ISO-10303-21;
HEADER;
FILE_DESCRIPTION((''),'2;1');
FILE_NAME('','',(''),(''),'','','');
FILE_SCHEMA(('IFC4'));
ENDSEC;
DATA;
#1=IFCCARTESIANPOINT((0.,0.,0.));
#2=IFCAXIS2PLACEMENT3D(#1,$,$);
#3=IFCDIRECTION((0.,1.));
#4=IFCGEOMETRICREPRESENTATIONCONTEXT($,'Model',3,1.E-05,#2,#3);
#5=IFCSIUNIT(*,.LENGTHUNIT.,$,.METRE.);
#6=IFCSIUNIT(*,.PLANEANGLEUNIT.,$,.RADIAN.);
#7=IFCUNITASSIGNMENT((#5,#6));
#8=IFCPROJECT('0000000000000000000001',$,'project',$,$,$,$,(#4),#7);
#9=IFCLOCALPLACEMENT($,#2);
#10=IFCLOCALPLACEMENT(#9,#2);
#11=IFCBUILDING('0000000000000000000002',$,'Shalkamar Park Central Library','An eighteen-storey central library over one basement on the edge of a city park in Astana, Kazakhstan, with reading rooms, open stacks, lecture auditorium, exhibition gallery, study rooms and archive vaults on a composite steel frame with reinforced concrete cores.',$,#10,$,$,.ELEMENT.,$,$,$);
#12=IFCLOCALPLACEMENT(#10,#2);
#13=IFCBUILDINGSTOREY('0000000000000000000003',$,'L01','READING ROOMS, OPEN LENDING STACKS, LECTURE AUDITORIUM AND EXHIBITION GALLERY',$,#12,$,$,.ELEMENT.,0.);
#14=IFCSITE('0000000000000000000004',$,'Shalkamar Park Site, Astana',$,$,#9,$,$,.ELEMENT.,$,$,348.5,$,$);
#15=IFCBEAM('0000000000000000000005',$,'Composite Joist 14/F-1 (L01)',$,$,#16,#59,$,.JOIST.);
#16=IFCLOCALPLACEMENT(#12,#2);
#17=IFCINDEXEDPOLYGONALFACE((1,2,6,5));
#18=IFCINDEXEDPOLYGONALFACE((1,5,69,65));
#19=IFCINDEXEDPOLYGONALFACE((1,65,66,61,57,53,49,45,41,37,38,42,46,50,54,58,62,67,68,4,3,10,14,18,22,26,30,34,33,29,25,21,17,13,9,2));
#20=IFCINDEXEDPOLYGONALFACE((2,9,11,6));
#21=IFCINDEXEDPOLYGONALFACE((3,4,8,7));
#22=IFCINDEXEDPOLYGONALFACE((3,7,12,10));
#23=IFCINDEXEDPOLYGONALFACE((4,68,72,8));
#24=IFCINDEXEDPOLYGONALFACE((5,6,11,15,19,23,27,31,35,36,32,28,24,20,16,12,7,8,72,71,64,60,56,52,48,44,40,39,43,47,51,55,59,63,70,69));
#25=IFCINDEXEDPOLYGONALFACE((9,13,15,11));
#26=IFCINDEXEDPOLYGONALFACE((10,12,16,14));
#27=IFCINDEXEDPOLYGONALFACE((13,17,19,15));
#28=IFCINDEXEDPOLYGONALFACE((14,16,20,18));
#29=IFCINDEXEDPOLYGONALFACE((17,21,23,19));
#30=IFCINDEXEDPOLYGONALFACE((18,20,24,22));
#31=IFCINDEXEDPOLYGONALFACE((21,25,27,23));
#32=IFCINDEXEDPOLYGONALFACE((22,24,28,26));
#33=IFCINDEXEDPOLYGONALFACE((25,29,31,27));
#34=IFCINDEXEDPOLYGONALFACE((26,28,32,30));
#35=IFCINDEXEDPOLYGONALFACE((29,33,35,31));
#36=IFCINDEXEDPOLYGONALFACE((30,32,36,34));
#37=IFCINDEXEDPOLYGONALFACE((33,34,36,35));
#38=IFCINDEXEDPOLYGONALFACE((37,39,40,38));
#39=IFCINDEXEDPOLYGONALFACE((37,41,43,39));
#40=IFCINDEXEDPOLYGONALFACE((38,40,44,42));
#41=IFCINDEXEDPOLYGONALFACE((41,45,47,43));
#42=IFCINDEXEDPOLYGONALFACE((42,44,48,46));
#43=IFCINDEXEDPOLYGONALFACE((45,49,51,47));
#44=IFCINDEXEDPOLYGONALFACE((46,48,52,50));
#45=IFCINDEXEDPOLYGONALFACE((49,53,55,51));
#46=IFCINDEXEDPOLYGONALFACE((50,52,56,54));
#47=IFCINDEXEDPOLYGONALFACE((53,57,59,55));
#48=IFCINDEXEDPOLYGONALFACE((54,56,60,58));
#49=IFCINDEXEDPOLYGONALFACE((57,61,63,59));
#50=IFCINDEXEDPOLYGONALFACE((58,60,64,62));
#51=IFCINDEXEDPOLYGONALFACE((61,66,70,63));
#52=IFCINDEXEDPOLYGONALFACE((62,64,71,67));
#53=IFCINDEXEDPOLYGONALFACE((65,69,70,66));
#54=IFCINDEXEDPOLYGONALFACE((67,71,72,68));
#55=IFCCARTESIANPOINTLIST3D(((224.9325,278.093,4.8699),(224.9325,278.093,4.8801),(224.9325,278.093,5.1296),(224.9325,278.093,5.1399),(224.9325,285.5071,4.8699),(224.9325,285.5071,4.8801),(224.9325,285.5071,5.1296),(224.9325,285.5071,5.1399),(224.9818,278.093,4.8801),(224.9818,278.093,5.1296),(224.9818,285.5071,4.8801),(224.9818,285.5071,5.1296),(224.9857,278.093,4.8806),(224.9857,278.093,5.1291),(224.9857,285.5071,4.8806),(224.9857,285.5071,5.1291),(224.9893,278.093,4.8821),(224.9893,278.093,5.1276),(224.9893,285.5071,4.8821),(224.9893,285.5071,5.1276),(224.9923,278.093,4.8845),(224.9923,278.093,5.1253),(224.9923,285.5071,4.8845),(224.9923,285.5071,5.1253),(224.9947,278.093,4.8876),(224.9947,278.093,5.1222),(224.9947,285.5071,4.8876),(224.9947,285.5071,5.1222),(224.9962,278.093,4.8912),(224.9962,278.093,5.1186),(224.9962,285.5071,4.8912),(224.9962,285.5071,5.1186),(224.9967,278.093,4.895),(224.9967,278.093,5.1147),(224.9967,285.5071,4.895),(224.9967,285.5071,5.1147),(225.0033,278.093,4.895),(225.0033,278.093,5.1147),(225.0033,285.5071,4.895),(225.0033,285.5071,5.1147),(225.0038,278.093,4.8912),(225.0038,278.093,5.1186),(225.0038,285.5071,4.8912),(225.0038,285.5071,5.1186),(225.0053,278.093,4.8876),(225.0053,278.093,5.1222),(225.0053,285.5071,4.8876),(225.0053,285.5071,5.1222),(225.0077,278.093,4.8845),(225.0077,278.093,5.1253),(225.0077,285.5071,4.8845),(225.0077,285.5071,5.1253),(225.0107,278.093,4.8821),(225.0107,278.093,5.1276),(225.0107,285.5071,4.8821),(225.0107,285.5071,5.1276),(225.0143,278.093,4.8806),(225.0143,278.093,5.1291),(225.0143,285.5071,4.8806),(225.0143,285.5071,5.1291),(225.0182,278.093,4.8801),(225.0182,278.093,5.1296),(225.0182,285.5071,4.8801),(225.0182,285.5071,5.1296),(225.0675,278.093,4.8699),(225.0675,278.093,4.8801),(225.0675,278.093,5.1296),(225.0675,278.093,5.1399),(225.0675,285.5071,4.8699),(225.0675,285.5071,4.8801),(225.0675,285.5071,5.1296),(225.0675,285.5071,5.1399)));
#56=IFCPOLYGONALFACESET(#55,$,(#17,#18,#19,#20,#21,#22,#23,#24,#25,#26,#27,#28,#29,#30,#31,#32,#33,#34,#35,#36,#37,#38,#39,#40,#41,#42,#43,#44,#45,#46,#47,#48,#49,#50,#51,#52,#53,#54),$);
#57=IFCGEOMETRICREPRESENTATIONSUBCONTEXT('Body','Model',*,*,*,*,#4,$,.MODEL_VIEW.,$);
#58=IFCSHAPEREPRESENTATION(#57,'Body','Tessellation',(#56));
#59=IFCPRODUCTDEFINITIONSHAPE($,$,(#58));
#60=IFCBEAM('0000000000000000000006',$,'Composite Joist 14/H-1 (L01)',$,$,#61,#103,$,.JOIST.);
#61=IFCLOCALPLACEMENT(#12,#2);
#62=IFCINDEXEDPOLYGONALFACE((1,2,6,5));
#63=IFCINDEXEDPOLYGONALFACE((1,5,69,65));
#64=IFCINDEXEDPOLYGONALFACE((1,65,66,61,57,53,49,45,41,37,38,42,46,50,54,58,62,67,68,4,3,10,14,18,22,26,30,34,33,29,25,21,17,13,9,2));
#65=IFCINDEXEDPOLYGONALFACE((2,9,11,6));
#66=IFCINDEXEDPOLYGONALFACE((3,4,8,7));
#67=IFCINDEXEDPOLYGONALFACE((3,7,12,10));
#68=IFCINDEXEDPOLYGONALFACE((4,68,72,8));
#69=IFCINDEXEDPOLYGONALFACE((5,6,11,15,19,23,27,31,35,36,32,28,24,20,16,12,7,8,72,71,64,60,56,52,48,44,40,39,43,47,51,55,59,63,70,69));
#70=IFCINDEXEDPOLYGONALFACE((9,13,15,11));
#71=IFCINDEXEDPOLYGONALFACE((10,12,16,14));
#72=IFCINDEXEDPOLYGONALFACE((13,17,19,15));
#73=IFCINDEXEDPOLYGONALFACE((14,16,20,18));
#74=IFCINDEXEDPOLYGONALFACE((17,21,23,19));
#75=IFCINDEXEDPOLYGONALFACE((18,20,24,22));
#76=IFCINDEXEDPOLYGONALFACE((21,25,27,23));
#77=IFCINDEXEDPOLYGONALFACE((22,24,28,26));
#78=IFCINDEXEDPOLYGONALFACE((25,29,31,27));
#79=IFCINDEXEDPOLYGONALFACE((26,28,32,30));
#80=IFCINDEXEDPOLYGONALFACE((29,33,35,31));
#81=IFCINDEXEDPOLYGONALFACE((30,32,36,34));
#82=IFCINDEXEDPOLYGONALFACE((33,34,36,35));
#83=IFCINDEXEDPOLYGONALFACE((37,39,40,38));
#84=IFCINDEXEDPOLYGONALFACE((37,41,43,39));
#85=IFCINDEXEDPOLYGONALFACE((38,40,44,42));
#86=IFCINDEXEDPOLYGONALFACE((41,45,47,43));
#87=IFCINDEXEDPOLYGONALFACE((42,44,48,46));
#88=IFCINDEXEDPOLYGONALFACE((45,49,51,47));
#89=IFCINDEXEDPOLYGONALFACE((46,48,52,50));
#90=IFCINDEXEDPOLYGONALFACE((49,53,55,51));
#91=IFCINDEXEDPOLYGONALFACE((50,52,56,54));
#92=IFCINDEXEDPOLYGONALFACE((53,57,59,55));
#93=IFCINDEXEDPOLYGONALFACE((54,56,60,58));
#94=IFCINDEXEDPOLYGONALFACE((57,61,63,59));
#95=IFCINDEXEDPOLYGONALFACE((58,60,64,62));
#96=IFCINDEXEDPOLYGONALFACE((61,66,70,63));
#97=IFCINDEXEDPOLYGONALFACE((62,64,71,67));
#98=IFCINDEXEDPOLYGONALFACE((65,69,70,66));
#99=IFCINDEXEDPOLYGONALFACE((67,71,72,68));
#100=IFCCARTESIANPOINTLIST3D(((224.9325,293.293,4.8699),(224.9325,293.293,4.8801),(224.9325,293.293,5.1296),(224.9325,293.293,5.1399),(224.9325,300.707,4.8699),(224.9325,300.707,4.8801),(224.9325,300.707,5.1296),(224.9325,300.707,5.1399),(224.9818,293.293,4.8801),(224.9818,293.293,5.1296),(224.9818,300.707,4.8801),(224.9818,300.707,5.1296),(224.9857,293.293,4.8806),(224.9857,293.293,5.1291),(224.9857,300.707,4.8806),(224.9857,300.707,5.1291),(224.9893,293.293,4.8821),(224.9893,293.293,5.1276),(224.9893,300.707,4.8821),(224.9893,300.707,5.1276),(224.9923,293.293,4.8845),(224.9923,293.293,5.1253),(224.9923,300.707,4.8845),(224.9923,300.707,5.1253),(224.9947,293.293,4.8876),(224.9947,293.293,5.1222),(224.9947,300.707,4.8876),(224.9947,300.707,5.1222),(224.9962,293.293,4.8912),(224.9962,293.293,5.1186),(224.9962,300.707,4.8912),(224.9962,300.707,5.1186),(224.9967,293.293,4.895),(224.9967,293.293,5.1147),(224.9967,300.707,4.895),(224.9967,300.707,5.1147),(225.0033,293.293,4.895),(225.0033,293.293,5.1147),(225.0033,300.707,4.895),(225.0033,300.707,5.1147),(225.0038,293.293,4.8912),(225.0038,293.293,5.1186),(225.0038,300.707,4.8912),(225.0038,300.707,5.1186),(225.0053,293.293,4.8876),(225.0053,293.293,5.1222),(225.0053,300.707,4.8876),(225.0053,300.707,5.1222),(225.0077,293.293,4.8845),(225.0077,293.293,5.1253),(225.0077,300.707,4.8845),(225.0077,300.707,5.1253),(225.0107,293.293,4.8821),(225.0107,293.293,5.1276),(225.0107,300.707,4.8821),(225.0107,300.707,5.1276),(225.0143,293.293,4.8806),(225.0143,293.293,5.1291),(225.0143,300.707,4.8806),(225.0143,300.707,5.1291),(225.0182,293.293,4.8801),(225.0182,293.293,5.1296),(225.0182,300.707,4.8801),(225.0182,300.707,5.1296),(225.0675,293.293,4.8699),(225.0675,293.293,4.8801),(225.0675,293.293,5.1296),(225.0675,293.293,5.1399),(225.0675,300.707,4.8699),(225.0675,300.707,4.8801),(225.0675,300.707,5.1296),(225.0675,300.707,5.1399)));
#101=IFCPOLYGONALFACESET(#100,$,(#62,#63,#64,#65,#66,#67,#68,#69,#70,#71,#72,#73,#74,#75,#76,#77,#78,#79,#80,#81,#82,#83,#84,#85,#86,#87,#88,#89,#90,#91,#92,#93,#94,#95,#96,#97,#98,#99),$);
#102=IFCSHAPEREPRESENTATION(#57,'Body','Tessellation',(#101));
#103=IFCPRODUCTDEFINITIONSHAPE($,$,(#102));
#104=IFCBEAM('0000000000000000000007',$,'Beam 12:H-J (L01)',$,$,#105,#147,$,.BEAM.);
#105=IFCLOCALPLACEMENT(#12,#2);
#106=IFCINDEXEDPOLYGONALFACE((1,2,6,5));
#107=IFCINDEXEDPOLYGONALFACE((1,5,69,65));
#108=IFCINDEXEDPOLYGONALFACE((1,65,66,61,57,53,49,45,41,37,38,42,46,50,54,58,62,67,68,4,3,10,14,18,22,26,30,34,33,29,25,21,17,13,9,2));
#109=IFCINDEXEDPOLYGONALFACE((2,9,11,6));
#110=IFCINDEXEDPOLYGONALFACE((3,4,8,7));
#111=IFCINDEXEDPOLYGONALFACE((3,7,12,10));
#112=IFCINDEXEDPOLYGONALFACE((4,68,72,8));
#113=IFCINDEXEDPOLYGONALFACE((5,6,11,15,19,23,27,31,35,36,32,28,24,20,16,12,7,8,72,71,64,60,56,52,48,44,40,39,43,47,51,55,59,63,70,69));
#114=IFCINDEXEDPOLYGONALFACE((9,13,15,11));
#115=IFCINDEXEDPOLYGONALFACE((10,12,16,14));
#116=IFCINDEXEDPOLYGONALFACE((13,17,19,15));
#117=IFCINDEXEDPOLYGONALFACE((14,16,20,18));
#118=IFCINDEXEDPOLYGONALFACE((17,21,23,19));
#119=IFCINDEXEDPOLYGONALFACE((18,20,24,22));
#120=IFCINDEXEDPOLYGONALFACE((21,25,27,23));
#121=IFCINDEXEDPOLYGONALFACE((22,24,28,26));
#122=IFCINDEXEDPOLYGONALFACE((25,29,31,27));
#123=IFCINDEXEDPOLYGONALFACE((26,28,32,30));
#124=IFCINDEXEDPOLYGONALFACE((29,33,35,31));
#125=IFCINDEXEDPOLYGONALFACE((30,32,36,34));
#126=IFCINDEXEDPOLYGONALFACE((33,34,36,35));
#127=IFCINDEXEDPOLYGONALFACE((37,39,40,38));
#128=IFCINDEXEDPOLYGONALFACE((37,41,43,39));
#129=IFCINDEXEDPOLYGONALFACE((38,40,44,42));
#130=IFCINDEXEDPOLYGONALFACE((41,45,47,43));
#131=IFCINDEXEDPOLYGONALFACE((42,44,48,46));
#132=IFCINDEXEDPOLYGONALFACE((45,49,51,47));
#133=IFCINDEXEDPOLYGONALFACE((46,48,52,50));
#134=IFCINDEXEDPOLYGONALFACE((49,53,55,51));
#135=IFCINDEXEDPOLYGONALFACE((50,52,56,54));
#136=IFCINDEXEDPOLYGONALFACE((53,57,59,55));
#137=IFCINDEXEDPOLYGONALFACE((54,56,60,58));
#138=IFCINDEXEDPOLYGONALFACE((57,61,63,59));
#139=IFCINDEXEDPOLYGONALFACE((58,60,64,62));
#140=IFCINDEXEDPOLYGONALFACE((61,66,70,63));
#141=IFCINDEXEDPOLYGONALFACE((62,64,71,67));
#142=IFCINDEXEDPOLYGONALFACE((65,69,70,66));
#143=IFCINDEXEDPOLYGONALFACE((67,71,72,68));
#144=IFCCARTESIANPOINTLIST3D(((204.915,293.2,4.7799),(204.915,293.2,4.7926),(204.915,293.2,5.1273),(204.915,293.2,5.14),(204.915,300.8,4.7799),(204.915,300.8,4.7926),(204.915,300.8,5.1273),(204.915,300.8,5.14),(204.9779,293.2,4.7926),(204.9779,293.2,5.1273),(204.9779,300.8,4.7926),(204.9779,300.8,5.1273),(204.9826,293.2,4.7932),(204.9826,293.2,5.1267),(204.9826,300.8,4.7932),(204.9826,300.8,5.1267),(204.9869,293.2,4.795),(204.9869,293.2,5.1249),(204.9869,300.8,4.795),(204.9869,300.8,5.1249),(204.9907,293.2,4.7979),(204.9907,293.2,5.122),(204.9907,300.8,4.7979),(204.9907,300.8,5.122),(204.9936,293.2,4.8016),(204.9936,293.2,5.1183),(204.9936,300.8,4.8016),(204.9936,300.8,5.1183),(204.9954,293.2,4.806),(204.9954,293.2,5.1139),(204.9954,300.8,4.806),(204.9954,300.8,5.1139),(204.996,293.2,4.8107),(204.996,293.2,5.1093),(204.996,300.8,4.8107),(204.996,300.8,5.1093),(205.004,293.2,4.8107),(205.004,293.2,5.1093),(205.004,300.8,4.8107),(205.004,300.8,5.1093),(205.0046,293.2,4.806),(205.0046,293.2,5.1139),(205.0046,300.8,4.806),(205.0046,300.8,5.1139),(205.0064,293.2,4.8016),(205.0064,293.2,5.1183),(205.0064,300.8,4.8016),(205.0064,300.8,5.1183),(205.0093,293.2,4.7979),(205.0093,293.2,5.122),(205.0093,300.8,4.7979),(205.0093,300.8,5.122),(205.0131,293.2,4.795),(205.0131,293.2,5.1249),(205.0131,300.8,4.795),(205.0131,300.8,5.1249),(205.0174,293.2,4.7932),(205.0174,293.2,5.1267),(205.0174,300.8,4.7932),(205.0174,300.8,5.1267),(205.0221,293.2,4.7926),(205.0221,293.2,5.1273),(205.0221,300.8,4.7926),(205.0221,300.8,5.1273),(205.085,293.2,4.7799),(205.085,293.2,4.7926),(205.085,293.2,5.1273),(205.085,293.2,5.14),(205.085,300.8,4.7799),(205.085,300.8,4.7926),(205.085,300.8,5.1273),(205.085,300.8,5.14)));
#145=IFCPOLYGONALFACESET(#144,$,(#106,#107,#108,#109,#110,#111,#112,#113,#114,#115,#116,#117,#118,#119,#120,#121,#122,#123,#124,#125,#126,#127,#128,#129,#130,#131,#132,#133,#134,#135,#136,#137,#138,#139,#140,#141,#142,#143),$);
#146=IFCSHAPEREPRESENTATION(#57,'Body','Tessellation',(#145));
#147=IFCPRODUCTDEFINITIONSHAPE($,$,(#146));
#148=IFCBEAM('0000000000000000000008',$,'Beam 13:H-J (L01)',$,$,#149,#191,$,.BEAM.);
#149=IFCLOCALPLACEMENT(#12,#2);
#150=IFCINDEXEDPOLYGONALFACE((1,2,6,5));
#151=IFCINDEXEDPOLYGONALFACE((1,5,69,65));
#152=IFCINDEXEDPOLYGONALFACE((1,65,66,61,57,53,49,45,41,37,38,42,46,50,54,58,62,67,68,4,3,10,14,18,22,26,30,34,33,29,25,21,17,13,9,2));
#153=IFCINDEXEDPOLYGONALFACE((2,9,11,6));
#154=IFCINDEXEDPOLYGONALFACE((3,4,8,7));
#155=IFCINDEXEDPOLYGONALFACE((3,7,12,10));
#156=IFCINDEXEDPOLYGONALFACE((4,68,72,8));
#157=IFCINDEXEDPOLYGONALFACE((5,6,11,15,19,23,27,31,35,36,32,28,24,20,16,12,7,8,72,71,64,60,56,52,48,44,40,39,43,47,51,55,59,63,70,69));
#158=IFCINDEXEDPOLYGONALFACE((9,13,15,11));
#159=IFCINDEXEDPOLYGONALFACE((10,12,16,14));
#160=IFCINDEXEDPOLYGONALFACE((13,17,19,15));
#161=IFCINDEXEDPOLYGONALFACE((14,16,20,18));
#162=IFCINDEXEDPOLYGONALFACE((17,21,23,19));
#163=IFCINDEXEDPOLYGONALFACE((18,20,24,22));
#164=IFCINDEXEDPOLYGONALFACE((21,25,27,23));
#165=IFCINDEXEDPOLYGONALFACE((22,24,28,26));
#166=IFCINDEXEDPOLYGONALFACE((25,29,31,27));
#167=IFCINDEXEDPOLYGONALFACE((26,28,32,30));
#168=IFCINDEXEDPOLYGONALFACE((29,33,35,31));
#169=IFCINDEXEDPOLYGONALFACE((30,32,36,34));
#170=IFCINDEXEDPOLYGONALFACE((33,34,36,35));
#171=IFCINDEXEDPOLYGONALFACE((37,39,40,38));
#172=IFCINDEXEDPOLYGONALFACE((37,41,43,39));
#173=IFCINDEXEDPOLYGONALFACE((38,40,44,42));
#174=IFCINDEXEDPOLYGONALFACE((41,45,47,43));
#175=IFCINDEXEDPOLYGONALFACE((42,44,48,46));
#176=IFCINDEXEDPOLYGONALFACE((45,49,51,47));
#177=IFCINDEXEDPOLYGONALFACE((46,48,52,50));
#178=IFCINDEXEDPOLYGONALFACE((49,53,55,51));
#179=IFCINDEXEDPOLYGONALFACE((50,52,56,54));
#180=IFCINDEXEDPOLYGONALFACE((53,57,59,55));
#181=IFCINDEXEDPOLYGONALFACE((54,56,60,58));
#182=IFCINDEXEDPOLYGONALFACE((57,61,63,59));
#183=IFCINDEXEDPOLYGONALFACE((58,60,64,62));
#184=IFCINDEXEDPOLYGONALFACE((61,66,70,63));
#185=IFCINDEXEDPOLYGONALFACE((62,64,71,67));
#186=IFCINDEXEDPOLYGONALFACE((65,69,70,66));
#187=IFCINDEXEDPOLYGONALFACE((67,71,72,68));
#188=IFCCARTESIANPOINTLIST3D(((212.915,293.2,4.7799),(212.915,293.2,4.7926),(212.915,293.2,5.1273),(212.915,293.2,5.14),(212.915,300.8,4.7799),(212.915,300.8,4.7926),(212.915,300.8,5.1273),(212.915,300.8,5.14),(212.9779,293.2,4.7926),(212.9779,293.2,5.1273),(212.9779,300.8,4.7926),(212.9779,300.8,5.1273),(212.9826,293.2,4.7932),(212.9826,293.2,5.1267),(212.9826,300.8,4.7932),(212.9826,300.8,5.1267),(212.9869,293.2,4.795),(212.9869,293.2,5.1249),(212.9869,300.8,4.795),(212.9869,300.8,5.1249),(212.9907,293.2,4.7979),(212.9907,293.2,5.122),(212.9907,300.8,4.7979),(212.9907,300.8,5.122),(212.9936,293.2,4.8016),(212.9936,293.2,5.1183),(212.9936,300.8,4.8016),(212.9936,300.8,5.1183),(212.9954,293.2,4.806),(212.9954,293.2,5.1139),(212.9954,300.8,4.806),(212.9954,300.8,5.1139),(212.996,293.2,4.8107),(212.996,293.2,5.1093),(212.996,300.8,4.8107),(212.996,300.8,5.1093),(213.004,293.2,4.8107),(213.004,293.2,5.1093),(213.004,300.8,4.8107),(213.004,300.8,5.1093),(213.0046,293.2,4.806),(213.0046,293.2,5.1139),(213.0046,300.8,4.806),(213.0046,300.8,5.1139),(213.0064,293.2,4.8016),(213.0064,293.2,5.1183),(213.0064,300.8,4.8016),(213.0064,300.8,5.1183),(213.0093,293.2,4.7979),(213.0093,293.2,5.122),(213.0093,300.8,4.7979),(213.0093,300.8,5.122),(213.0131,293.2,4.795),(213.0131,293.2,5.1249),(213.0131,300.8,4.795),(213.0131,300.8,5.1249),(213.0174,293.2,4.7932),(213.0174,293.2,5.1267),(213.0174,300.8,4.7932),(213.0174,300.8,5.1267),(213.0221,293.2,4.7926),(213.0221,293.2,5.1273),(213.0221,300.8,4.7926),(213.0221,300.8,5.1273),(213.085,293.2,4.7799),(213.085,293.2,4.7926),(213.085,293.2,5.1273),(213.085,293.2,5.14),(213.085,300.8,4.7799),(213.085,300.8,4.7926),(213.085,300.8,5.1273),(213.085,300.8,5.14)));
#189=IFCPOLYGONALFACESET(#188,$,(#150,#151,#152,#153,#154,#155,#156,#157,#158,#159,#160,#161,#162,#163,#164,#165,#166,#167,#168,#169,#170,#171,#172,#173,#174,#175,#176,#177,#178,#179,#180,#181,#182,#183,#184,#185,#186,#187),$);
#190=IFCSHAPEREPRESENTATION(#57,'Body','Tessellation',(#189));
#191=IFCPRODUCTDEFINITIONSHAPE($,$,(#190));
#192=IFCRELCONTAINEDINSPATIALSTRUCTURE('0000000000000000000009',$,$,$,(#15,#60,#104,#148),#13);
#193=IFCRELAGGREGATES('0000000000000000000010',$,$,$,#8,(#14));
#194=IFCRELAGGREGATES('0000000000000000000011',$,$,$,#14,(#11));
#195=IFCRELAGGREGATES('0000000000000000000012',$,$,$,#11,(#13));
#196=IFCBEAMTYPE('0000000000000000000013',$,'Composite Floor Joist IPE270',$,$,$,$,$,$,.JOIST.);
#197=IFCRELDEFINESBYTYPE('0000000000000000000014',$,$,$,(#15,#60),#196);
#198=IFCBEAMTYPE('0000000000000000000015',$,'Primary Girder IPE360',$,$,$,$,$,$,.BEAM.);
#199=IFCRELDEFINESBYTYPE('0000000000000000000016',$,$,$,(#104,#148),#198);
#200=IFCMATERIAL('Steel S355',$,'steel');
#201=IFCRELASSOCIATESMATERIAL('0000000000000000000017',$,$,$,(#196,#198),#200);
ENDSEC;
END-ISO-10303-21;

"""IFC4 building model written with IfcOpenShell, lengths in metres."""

from ifc_helpers import new_model, si_unit, direction, frame, origin, origin_2d, place, context, subcontext, project, spatial, i_section, extrude, material, material_profile, profile_set, type_object, element, save


model = new_model("IFC4")

# Units and contexts
model_context = context("Model", 3, precision=1e-05, world=origin(), true_north=direction((0.0, 1.0)))
body_context = subcontext(model_context, "Body", "Model", "MODEL_VIEW")
ifc_project = project(units=[si_unit("LENGTHUNIT", "METRE"), si_unit("PLANEANGLEUNIT", "RADIAN")], contexts=[model_context])

# Site, building, storey
site_placement = place(None, origin())
site = spatial("IfcSite", under=ifc_project, at=site_placement, Name="Shalkamar Park Site, Astana", CompositionType="ELEMENT", RefElevation=348.5)
building_placement = place(site_placement, origin())
building = spatial("IfcBuilding", under=site, at=building_placement, Name="Shalkamar Park Central Library", Description="An eighteen-storey central library over one basement on the edge of a city park in Astana, Kazakhstan, with reading rooms, open stacks, lecture auditorium, exhibition gallery, study rooms and archive vaults on a composite steel frame with reinforced concrete cores.", CompositionType="ELEMENT")
storey_placement = place(building_placement, origin())
storey = spatial("IfcBuildingStorey", under=building, at=storey_placement, Name="L01", Description="READING ROOMS, OPEN LENDING STACKS, LECTURE AUDITORIUM AND EXHIBITION GALLERY", CompositionType="ELEMENT", Elevation=0.0)

# Shared definitions
ifc_material = material(Name="Steel S355", Category="steel")

# Beams
ifc_material_profile_1 = material_profile(ifc_material, i_section(OverallWidth=0.135, OverallDepth=0.27, WebThickness=0.0066, FlangeThickness=0.0103, FilletRadius=0.0149, at=origin_2d()), Name="IPE 270")
ifc_profile_set_1 = profile_set([ifc_material_profile_1], Name="Steel S355")
beam_type_1 = type_object("IfcBeamType", Name="Composite Floor Joist IPE270", PredefinedType="JOIST", material=ifc_profile_set_1)
for number, where, z_axis, x_axis, name in (
    (1, (225.0, 278.093, 5.0049), (0.0, 1.0, 0.0), (-1.0, 0.0, 0.0), "Composite Joist 14/F-1 (L01)"),
    (2, (225.0, 293.293, 5.0049), (0.0, 1.0, 0.0), (-1.0, 0.0, 0.0), "Composite Joist 14/H-1 (L01)"),
):
    element("IfcBeam", number, at=place(storey_placement, frame(where, z_axis=z_axis, x_axis=x_axis)), inside=storey, type_object=beam_type_1, Name=name, PredefinedType="JOIST", context=body_context, shape_type="SweptSolid", body=[
        extrude(i_section(OverallWidth=0.135, OverallDepth=0.27, WebThickness=0.0066, FlangeThickness=0.0103, FilletRadius=0.0149, at=origin_2d()), origin(), (0.0, 0.0, 1.0), 7.4141),
    ])
ifc_material_profile_2 = material_profile(ifc_material, i_section(OverallWidth=0.1699, OverallDepth=0.3601, WebThickness=0.0081, FlangeThickness=0.0127, FilletRadius=0.0181, at=origin_2d()), Name="IPE 360")
ifc_profile_set_2 = profile_set([ifc_material_profile_2], Name="Steel S355")
beam_type_2 = type_object("IfcBeamType", Name="Primary Girder IPE360", PredefinedType="BEAM", material=ifc_profile_set_2)
for number, where, z_axis, x_axis, name in (
    (3, (205.0, 293.2, 4.96), (0.0, 1.0, 0.0), (-1.0, 0.0, 0.0), "Beam 12:H-J (L01)"),
    (4, (213.0, 293.2, 4.96), (0.0, 1.0, 0.0), (-1.0, 0.0, 0.0), "Beam 13:H-J (L01)"),
):
    element("IfcBeam", number, at=place(storey_placement, frame(where, z_axis=z_axis, x_axis=x_axis)), inside=storey, type_object=beam_type_2, Name=name, PredefinedType="BEAM", context=body_context, shape_type="SweptSolid", body=[
        extrude(i_section(OverallWidth=0.1699, OverallDepth=0.3601, WebThickness=0.0081, FlangeThickness=0.0127, FilletRadius=0.0181, at=origin_2d()), origin(), (0.0, 0.0, 1.0), 7.6001),
    ])

save(model, "model.ifc")
